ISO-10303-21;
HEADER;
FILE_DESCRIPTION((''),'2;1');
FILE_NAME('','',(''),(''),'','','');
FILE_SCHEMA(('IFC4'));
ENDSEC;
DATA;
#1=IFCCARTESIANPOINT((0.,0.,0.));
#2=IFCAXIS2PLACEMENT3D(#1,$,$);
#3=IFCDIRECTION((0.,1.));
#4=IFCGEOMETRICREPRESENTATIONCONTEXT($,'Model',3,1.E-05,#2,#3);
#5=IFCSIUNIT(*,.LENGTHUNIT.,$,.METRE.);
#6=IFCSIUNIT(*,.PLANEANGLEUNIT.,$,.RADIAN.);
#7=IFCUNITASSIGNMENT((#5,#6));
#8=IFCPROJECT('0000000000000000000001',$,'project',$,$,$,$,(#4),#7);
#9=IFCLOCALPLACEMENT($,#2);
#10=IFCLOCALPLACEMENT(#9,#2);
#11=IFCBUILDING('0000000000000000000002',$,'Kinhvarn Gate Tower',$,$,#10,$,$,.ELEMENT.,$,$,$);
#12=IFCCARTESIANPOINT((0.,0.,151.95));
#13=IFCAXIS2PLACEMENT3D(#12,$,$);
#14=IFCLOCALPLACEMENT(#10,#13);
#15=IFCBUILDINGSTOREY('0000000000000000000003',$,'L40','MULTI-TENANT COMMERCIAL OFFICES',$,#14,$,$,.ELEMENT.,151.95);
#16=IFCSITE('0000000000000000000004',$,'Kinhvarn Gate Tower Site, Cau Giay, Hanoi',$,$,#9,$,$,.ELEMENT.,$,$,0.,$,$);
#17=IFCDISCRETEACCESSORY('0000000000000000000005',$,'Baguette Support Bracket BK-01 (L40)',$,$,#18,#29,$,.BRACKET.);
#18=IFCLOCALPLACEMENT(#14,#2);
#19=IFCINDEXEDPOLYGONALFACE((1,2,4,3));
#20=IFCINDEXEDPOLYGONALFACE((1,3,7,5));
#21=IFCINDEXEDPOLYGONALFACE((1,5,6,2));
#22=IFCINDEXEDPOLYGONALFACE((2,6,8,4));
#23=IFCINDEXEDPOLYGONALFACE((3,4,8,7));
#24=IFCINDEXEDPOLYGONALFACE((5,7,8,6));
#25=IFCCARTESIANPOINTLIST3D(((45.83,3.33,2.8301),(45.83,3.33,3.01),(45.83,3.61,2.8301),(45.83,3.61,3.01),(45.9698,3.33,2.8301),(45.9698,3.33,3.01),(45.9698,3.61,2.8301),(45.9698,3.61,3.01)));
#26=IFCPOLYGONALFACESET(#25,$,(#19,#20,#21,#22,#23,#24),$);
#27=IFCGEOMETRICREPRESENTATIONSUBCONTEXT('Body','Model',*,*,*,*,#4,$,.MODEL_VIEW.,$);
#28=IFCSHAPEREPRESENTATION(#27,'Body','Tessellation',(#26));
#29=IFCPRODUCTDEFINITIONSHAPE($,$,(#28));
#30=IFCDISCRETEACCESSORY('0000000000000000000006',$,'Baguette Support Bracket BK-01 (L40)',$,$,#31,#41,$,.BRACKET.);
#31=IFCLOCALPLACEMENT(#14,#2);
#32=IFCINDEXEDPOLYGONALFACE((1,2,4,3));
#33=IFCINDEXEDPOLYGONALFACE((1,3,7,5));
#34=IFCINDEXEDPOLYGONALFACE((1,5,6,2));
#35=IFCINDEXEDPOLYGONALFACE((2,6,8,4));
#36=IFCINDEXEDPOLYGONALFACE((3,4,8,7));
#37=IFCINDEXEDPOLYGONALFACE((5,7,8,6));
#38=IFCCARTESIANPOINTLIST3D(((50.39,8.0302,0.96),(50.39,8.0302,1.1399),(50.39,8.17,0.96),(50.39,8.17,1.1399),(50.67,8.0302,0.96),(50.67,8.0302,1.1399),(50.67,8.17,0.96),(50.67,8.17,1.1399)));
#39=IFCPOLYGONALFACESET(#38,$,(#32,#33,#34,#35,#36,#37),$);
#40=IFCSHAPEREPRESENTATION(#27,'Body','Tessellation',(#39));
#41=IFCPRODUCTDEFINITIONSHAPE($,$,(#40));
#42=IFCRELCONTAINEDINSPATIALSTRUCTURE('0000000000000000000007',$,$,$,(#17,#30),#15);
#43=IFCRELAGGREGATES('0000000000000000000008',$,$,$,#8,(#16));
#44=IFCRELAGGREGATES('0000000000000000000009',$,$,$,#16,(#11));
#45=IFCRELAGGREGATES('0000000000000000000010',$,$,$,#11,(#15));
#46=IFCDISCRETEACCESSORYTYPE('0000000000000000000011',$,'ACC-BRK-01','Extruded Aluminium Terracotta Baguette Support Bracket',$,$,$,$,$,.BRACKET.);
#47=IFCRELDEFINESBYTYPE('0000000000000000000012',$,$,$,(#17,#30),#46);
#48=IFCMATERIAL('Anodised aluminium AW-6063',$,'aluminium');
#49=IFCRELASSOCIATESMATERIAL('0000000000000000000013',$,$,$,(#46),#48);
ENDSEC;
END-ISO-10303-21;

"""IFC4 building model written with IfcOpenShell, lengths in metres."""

from ifc_helpers import new_model, si_unit, direction, frame, origin, origin_2d, place, context, subcontext, project, spatial, rectangle, extrude, material, type_object, element, save


model = new_model("IFC4")

# Units and contexts
model_context = context("Model", 3, precision=1e-05, world=origin(), true_north=direction((0.0, 1.0)))
body_context = subcontext(model_context, "Body", "Model", "MODEL_VIEW")
ifc_project = project(units=[si_unit("LENGTHUNIT", "METRE"), si_unit("PLANEANGLEUNIT", "RADIAN")], contexts=[model_context])

# Site, building, storey
site_placement = place(None, origin())
site = spatial("IfcSite", under=ifc_project, at=site_placement, Name="Kinhvarn Gate Tower Site, Cau Giay, Hanoi", CompositionType="ELEMENT", RefElevation=0.0)
building_placement = place(site_placement, origin())
building = spatial("IfcBuilding", under=site, at=building_placement, Name="Kinhvarn Gate Tower", CompositionType="ELEMENT")
storey_placement = place(building_placement, frame((0.0, 0.0, 151.95)))
storey = spatial("IfcBuildingStorey", under=building, at=storey_placement, Name="L40", Description="MULTI-TENANT COMMERCIAL OFFICES", CompositionType="ELEMENT", Elevation=151.95)

# Shared definitions
ifc_material_1 = material(Name="Anodised aluminium AW-6063", Category="aluminium")

# Discrete accessories
discrete_accessory_type = type_object("IfcDiscreteAccessoryType", Name="ACC-BRK-01", Description="Extruded Aluminium Terracotta Baguette Support Bracket", PredefinedType="BRACKET", material=ifc_material_1)
for number, where, z_axis, x_axis, name in (
    (1, (45.8999, 3.47, 2.8301), (0.0, 0.0, 1.0), (1.0, 0.0, 0.0), "Baguette Support Bracket BK-01 (L40)"),
    (2, (50.53, 8.1001, 0.96), (0.0, 0.0, 1.0), (0.0, 1.0, 0.0), "Baguette Support Bracket BK-01 (L40)"),
):
    element("IfcDiscreteAccessory", number, at=place(storey_placement, frame(where, z_axis=z_axis, x_axis=x_axis)), inside=storey, type_object=discrete_accessory_type, Name=name, PredefinedType="BRACKET", context=body_context, shape_type="SweptSolid", body=[
        extrude(rectangle(XDim=0.1399, YDim=0.28, at=origin_2d()), origin(), (0.0, 0.0, 1.0), 0.1799),
    ])

save(model, "model.ifc")
